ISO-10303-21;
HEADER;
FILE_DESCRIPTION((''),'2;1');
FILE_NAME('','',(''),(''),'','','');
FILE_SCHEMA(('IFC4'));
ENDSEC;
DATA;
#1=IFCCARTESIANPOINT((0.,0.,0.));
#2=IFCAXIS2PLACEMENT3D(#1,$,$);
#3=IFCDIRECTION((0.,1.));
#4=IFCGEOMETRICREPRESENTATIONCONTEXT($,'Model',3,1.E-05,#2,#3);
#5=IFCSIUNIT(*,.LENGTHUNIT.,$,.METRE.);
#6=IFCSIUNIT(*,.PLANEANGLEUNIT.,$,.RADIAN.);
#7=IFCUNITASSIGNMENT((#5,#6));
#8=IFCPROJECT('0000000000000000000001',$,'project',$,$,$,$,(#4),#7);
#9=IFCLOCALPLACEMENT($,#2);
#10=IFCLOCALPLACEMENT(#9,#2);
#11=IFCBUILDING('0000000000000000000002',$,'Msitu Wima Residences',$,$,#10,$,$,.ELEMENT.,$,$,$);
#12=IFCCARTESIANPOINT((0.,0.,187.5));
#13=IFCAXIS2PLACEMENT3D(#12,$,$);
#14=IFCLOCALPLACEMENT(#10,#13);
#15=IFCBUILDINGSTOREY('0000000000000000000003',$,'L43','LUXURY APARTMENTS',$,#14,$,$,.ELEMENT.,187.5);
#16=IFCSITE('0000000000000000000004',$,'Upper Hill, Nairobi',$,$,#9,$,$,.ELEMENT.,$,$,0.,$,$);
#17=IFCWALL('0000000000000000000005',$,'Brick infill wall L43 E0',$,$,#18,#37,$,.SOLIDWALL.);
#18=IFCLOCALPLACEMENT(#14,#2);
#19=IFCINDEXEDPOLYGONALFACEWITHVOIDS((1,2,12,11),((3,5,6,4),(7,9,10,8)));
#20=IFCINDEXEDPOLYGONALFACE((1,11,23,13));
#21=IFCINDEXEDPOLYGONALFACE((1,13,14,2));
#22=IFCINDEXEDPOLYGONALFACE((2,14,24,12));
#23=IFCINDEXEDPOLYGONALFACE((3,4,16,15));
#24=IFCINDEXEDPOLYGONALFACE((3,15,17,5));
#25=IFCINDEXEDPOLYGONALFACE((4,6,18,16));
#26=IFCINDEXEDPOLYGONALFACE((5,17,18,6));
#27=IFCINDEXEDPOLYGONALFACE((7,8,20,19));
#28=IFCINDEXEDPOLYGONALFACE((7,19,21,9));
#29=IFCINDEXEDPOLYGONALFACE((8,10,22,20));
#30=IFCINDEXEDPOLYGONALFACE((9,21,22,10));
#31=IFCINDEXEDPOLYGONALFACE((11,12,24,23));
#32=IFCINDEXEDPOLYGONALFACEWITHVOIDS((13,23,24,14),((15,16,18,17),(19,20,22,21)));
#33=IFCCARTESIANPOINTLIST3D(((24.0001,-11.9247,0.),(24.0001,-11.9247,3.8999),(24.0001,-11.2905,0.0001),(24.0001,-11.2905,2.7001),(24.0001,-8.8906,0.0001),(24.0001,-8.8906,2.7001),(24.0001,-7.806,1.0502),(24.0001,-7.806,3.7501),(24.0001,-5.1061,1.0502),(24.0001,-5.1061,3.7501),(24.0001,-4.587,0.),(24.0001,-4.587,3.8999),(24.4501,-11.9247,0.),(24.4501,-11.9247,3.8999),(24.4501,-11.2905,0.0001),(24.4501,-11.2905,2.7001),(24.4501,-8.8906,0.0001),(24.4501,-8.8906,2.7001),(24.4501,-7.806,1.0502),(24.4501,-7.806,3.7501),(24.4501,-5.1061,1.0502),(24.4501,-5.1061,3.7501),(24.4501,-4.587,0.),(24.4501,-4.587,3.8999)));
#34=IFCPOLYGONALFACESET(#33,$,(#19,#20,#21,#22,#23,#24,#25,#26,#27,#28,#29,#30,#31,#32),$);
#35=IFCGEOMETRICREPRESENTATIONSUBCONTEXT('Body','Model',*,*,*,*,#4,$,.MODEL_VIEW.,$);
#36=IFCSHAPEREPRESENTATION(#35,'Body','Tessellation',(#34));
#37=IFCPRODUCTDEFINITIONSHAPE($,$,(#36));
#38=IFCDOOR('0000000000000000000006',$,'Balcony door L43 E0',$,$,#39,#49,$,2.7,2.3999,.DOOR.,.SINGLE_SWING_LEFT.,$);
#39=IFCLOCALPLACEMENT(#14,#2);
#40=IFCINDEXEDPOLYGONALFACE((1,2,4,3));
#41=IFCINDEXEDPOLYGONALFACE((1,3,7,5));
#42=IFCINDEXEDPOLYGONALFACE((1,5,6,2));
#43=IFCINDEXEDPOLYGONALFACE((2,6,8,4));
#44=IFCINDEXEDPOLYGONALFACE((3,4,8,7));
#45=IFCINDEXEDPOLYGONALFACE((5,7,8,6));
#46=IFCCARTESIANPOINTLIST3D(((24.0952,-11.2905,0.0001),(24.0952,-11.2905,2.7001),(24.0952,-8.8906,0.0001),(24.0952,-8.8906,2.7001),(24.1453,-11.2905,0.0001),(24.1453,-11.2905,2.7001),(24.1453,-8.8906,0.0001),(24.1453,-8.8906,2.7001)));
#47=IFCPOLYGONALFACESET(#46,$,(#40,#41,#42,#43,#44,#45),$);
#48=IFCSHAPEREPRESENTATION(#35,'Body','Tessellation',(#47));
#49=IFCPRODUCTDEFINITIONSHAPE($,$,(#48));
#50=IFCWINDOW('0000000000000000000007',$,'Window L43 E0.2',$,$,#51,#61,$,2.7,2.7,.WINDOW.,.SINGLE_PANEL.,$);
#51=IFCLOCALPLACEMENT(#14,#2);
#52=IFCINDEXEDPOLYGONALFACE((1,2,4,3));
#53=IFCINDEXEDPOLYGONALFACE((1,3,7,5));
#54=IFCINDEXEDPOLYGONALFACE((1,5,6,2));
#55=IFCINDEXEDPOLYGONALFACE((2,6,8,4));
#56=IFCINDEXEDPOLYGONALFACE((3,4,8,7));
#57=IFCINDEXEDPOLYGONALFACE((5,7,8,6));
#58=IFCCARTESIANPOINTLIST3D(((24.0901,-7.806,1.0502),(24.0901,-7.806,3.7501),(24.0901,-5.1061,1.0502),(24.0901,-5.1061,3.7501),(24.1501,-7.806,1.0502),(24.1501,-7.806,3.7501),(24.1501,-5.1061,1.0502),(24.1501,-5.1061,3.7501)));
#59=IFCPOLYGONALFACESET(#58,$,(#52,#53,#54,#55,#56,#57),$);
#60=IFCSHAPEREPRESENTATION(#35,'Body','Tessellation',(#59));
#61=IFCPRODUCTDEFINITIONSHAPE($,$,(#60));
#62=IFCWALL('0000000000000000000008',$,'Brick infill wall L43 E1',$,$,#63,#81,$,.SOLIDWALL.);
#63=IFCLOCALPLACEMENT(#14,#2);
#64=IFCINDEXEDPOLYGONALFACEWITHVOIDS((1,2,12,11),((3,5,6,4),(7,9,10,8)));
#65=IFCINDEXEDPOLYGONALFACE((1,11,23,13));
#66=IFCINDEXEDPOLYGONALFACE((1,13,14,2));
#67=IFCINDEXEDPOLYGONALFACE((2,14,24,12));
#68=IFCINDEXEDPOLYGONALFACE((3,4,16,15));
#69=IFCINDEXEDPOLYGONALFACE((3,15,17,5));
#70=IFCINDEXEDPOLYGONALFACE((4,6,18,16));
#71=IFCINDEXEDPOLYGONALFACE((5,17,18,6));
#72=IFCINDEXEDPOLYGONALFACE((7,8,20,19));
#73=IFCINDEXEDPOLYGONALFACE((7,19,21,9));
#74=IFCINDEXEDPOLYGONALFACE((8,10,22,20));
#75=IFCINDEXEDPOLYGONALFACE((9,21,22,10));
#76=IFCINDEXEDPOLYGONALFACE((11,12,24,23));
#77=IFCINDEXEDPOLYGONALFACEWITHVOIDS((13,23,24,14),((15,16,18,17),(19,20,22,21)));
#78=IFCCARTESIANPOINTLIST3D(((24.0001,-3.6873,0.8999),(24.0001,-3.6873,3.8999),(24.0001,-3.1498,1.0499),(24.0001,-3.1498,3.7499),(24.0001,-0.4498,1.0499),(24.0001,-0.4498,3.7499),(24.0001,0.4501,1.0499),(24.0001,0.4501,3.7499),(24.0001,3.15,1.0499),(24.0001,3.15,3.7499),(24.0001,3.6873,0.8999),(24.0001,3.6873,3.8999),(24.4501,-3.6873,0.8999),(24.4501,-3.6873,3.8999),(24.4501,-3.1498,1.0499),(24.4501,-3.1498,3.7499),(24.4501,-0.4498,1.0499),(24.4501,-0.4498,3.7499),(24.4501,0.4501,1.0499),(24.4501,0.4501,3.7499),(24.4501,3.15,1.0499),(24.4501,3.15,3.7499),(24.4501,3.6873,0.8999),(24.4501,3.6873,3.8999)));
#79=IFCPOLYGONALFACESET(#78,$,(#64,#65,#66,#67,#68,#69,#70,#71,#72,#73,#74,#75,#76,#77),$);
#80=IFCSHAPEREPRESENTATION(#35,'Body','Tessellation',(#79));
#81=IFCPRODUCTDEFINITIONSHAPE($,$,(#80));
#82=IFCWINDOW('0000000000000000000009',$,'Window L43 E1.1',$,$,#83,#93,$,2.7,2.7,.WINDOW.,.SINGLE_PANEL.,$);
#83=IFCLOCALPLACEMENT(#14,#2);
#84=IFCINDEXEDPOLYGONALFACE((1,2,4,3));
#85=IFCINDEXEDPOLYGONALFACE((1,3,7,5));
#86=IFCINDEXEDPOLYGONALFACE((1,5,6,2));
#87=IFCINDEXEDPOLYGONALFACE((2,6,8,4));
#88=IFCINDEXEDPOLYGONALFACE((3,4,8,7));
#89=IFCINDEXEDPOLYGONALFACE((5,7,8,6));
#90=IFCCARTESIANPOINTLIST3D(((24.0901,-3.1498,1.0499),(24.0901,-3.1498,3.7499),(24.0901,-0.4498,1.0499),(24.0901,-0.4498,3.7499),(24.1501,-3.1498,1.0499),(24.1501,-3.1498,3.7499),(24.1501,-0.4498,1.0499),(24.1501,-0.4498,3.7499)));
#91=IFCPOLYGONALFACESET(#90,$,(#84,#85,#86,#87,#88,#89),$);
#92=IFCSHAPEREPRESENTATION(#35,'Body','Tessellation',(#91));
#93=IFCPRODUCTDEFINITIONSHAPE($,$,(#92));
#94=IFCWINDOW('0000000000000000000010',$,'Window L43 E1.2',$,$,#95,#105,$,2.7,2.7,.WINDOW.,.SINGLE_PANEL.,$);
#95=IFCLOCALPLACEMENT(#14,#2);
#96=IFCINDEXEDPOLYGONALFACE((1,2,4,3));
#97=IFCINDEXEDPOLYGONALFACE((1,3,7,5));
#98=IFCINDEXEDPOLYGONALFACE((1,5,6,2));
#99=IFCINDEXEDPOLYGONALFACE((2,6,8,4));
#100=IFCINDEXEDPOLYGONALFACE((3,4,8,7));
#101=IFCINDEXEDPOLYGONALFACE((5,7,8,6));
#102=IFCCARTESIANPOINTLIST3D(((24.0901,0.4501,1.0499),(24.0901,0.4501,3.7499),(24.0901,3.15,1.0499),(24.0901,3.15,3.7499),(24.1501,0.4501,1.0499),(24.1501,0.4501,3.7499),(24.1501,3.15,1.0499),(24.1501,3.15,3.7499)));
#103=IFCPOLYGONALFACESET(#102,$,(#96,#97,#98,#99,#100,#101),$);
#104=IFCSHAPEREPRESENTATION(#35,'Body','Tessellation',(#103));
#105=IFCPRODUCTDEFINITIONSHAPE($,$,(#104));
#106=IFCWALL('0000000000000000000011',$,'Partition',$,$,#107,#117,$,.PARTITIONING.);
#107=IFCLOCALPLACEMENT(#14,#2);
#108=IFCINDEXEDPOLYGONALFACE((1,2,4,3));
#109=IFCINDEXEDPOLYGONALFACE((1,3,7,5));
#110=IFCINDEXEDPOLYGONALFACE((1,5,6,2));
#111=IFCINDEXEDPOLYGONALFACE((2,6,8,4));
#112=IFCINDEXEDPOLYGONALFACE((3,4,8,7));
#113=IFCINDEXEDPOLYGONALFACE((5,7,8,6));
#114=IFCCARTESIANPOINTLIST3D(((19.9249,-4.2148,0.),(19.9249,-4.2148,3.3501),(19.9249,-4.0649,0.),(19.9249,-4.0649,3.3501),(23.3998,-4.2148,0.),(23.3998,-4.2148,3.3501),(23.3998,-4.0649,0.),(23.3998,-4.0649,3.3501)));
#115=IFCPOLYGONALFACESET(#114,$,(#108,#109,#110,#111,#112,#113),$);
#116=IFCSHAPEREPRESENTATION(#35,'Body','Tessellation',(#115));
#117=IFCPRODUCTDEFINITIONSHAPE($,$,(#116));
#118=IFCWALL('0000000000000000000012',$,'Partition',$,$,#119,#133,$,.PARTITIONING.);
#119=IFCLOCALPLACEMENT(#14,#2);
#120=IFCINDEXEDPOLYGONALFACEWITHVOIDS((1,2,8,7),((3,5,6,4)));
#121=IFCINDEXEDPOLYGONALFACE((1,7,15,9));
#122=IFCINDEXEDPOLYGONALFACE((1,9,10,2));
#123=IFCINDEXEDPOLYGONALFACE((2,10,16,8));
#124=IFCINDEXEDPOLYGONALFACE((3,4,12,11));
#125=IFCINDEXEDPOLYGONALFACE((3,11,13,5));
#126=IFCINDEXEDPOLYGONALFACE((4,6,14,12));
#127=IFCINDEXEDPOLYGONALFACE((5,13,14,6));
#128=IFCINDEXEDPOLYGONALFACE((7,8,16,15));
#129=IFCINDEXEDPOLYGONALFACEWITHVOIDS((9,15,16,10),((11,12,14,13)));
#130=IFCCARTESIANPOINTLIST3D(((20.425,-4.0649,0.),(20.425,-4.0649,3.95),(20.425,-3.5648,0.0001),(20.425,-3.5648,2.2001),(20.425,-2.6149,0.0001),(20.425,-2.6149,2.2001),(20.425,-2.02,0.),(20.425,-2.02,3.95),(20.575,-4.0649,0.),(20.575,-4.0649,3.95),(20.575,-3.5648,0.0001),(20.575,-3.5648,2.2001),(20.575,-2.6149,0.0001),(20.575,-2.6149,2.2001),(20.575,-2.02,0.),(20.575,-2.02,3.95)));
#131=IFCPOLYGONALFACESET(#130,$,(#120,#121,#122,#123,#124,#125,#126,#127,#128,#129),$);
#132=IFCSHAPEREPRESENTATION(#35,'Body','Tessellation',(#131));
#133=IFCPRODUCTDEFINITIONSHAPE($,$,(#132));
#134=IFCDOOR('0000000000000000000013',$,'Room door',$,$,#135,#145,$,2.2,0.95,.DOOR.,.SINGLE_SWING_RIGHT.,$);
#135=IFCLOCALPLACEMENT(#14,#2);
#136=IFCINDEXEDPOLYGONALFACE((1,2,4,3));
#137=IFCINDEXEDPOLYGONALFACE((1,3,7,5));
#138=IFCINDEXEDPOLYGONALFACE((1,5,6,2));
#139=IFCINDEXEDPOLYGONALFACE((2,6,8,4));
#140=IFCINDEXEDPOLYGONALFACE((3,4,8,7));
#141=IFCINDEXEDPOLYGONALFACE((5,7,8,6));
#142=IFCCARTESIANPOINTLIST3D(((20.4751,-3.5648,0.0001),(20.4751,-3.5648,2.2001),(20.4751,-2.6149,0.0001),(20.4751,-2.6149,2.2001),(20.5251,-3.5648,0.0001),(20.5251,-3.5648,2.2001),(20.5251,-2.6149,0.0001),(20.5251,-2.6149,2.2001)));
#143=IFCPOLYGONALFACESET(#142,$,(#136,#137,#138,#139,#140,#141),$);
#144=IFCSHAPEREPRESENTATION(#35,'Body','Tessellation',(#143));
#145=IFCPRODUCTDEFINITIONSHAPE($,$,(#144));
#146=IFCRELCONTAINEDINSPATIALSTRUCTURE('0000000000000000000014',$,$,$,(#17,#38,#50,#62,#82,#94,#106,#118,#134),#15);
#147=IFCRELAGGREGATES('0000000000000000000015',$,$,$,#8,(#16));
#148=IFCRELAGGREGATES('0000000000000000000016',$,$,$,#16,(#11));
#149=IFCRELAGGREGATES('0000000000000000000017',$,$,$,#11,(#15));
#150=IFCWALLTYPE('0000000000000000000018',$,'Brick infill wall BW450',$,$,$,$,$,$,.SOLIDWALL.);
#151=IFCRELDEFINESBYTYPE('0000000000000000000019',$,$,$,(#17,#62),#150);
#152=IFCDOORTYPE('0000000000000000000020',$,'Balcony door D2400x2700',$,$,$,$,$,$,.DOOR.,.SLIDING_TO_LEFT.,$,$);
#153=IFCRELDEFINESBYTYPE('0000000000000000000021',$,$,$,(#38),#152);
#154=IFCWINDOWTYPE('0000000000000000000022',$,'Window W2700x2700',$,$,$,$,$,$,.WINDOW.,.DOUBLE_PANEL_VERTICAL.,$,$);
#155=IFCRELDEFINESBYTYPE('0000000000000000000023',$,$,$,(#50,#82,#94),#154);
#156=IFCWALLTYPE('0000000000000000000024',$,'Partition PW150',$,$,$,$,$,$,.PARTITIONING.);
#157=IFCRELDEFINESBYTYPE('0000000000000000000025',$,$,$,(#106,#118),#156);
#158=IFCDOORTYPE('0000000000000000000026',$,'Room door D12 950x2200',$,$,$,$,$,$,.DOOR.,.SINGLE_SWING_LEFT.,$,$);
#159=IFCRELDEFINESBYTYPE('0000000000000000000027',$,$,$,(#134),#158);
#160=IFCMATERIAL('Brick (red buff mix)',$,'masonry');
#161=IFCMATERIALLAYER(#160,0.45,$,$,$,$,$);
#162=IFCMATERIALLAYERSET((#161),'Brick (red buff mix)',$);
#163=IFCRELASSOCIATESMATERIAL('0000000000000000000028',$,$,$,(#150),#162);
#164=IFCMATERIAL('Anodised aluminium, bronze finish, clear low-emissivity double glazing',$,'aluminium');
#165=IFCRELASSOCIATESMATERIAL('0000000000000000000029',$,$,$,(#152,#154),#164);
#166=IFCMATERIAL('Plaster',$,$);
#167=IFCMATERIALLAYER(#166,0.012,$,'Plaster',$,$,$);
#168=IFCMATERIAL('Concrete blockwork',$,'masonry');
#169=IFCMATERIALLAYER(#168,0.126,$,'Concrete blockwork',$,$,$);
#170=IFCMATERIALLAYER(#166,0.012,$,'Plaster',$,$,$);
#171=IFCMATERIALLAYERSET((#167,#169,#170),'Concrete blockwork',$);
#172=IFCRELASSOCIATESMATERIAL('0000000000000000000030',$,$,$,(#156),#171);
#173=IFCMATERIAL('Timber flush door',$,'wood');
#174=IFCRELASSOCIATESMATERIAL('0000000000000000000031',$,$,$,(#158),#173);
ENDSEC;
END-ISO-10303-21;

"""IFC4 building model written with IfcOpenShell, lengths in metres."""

from ifc_helpers import new_model, si_unit, direction, frame, frame_2d, origin, place, context, subcontext, project, spatial, rectangle, extrude, material, layer, layer_set, type_object, element, fill, save


model = new_model("IFC4")

# Units and contexts
model_context = context("Model", 3, precision=1e-05, world=origin(), true_north=direction((0.0, 1.0)))
body_context = subcontext(model_context, "Body", "Model", "MODEL_VIEW")
ifc_project = project(units=[si_unit("LENGTHUNIT", "METRE"), si_unit("PLANEANGLEUNIT", "RADIAN")], contexts=[model_context])

# Site, building, storey
site_placement = place(None, origin())
site = spatial("IfcSite", under=ifc_project, at=site_placement, Name="Upper Hill, Nairobi", CompositionType="ELEMENT", RefElevation=0.0)
building_placement = place(site_placement, origin())
building = spatial("IfcBuilding", under=site, at=building_placement, Name="Msitu Wima Residences", CompositionType="ELEMENT")
storey_placement = place(building_placement, frame((0.0, 0.0, 187.5)))
storey = spatial("IfcBuildingStorey", under=building, at=storey_placement, Name="L43", Description="LUXURY APARTMENTS", CompositionType="ELEMENT", Elevation=187.5)

# Wall, openings, door, window
ifc_material_1 = material(Name="Brick (red buff mix)", Category="masonry")
ifc_layer_1 = layer(ifc_material_1, 0.45)
ifc_layer_set_1 = layer_set([ifc_layer_1], Name="Brick (red buff mix)")
wall_type_1 = type_object("IfcWallType", Name="Brick infill wall BW450", PredefinedType="SOLIDWALL", material=ifc_layer_set_1)
wall_1_placement = place(storey_placement, frame((24.2251, -11.9248, 0.0), z_axis=(0.0, 0.0, 1.0), x_axis=(0.0, 1.0, 0.0)))
wall_1 = element("IfcWall", 1, at=wall_1_placement, inside=storey, type_object=wall_type_1, Name="Brick infill wall L43 E0", PredefinedType="SOLIDWALL", context=body_context, shape_type="SweptSolid", body=[
    extrude(rectangle(XDim=7.3376, YDim=0.45, at=frame_2d((3.6689, 0.0))), origin(), (0.0, 0.0, 1.0), 3.8999),
])
opening_1_placement = place(wall_1_placement, frame((0.6343, 0.0, 0.0)))
opening_1 = element("IfcOpeningElement", 2, at=opening_1_placement, cuts=wall_1, PredefinedType="OPENING", context=body_context, shape_type="SweptSolid", body=[
    extrude(rectangle(XDim=2.3999, YDim=2.7, at=frame_2d((1.2, 1.3501))), frame((0.0, 0.2349, 0.0), z_axis=(0.0, -1.0, 0.0), x_axis=(1.0, 0.0, 0.0)), (0.0, 0.0, 1.0), 0.47),
])
opening_2_placement = place(wall_1_placement, frame((4.1187, 0.0, 1.05)))
opening_2 = element("IfcOpeningElement", 3, at=opening_2_placement, cuts=wall_1, PredefinedType="OPENING", context=body_context, shape_type="SweptSolid", body=[
    extrude(rectangle(XDim=2.7, YDim=2.7, at=frame_2d((1.3501, 1.3501))), frame((0.0, 0.2349, 0.0), z_axis=(0.0, -1.0, 0.0), x_axis=(1.0, 0.0, 0.0)), (0.0, 0.0, 1.0), 0.47),
])
ifc_material_2 = material(Name="Anodised aluminium, bronze finish, clear low-emissivity double glazing", Category="aluminium")
door_type_1 = type_object("IfcDoorType", Name="Balcony door D2400x2700", OperationType="SLIDING_TO_LEFT", PredefinedType="DOOR", material=ifc_material_2)
door_1_placement = place(opening_1_placement, origin())
door_1 = element("IfcDoor", 4, at=door_1_placement, inside=storey, type_object=door_type_1, Name="Balcony door L43 E0", OperationType="SINGLE_SWING_LEFT", OverallHeight=2.7, OverallWidth=2.3999, PredefinedType="DOOR", context=body_context, shape_type="SweptSolid", body=[
    extrude(rectangle(XDim=2.3999, YDim=2.7, at=frame_2d((1.2, 1.3501))), frame((0.0, 0.1299, 0.0), z_axis=(0.0, -1.0, 0.0), x_axis=(1.0, 0.0, 0.0)), (0.0, 0.0, 1.0), 0.05),
])
fill(opening_1, door_1)
window_type = type_object("IfcWindowType", Name="Window W2700x2700", PartitioningType="DOUBLE_PANEL_VERTICAL", PredefinedType="WINDOW", material=ifc_material_2)
window_1_placement = place(opening_2_placement, origin())
window_1 = element("IfcWindow", 5, at=window_1_placement, inside=storey, type_object=window_type, Name="Window L43 E0.2", OverallHeight=2.7, OverallWidth=2.7, PartitioningType="SINGLE_PANEL", PredefinedType="WINDOW", context=body_context, shape_type="SweptSolid", body=[
    extrude(rectangle(XDim=2.7, YDim=2.7, at=frame_2d((1.3501, 1.3501))), frame((0.0, 0.135, 0.0), z_axis=(0.0, -1.0, 0.0), x_axis=(1.0, 0.0, 0.0)), (0.0, 0.0, 1.0), 0.0601),
])
fill(opening_2, window_1)

# Wall, openings, windows
wall_2_placement = place(storey_placement, frame((24.2251, -3.6873, 0.8999), z_axis=(0.0, 0.0, 1.0), x_axis=(0.0, 1.0, 0.0)))
wall_2 = element("IfcWall", 6, at=wall_2_placement, inside=storey, type_object=wall_type_1, Name="Brick infill wall L43 E1", PredefinedType="SOLIDWALL", context=body_context, shape_type="SweptSolid", body=[
    extrude(rectangle(XDim=7.3745, YDim=0.45, at=frame_2d((3.6873, 0.0))), origin(), (0.0, 0.0, 1.0), 3.0),
])
opening_3_placement = place(wall_2_placement, frame((0.5374, 0.0, 0.1499)))
opening_3 = element("IfcOpeningElement", 7, at=opening_3_placement, cuts=wall_2, PredefinedType="OPENING", context=body_context, shape_type="SweptSolid", body=[
    extrude(rectangle(XDim=2.7, YDim=2.7, at=frame_2d((1.3501, 1.3501))), frame((0.0, 0.2349, 0.0), z_axis=(0.0, -1.0, 0.0), x_axis=(1.0, 0.0, 0.0)), (0.0, 0.0, 1.0), 0.47),
])
opening_4_placement = place(wall_2_placement, frame((4.1372, 0.0, 0.1499)))
opening_4 = element("IfcOpeningElement", 8, at=opening_4_placement, cuts=wall_2, PredefinedType="OPENING", context=body_context, shape_type="SweptSolid", body=[
    extrude(rectangle(XDim=2.7, YDim=2.7, at=frame_2d((1.3501, 1.3501))), frame((0.0, 0.2349, 0.0), z_axis=(0.0, -1.0, 0.0), x_axis=(1.0, 0.0, 0.0)), (0.0, 0.0, 1.0), 0.47),
])
window_2_placement = place(opening_3_placement, origin())
window_2 = element("IfcWindow", 9, at=window_2_placement, inside=storey, type_object=window_type, Name="Window L43 E1.1", OverallHeight=2.7, OverallWidth=2.7, PartitioningType="SINGLE_PANEL", PredefinedType="WINDOW", context=body_context, shape_type="SweptSolid", body=[
    extrude(rectangle(XDim=2.7, YDim=2.7, at=frame_2d((1.3501, 1.3501))), frame((0.0, 0.135, 0.0), z_axis=(0.0, -1.0, 0.0), x_axis=(1.0, 0.0, 0.0)), (0.0, 0.0, 1.0), 0.0601),
])
fill(opening_3, window_2)
window_3_placement = place(opening_4_placement, origin())
window_3 = element("IfcWindow", 10, at=window_3_placement, inside=storey, type_object=window_type, Name="Window L43 E1.2", OverallHeight=2.7, OverallWidth=2.7, PartitioningType="SINGLE_PANEL", PredefinedType="WINDOW", context=body_context, shape_type="SweptSolid", body=[
    extrude(rectangle(XDim=2.7, YDim=2.7, at=frame_2d((1.3501, 1.3501))), frame((0.0, 0.135, 0.0), z_axis=(0.0, -1.0, 0.0), x_axis=(1.0, 0.0, 0.0)), (0.0, 0.0, 1.0), 0.0601),
])
fill(opening_4, window_3)

# Wall
ifc_material_3 = material(Name="Plaster")
ifc_layer_2 = layer(ifc_material_3, 0.012, Name="Plaster")
ifc_material_4 = material(Name="Concrete blockwork", Category="masonry")
ifc_layer_3 = layer(ifc_material_4, 0.126, Name="Concrete blockwork")
ifc_layer_4 = layer(ifc_material_3, 0.012, Name="Plaster")
ifc_layer_set_2 = layer_set([ifc_layer_2, ifc_layer_3, ifc_layer_4], Name="Concrete blockwork")
wall_type_2 = type_object("IfcWallType", Name="Partition PW150", PredefinedType="PARTITIONING", material=ifc_layer_set_2)
wall_3_placement = place(storey_placement, frame((19.925, -4.1399, 0.0), z_axis=(0.0, 0.0, 1.0), x_axis=(1.0, 0.0, 0.0)))
element("IfcWall", 11, at=wall_3_placement, inside=storey, type_object=wall_type_2, Name="Partition", PredefinedType="PARTITIONING", context=body_context, shape_type="SweptSolid", body=[
    extrude(rectangle(XDim=3.4749, YDim=0.1499, at=frame_2d((1.7373, 0.0))), origin(), (0.0, 0.0, 1.0), 3.3501),
])

# Wall, opening, door
wall_4_placement = place(storey_placement, frame((20.5, -4.0649, 0.0), z_axis=(0.0, 0.0, 1.0), x_axis=(0.0, 1.0, 0.0)))
wall_4 = element("IfcWall", 12, at=wall_4_placement, inside=storey, type_object=wall_type_2, Name="Partition", PredefinedType="PARTITIONING", context=body_context, shape_type="SweptSolid", body=[
    extrude(rectangle(XDim=2.0449, YDim=0.1499, at=frame_2d((1.0225, 0.0))), origin(), (0.0, 0.0, 1.0), 3.95),
])
opening_5_placement = place(wall_4_placement, frame((0.5, 0.0, 0.0)))
opening_5 = element("IfcOpeningElement", 13, at=opening_5_placement, cuts=wall_4, PredefinedType="OPENING", context=body_context, shape_type="SweptSolid", body=[
    extrude(rectangle(XDim=0.95, YDim=2.2, at=frame_2d((0.4751, 1.1001))), frame((0.0, 0.085, 0.0), z_axis=(0.0, -1.0, 0.0), x_axis=(1.0, 0.0, 0.0)), (0.0, 0.0, 1.0), 0.1699),
])
ifc_material_5 = material(Name="Timber flush door", Category="wood")
door_type_2 = type_object("IfcDoorType", Name="Room door D12 950x2200", OperationType="SINGLE_SWING_LEFT", PredefinedType="DOOR", material=ifc_material_5)
door_2_placement = place(opening_5_placement, origin())
door_2 = element("IfcDoor", 14, at=door_2_placement, inside=storey, type_object=door_type_2, Name="Room door", OperationType="SINGLE_SWING_RIGHT", OverallHeight=2.2, OverallWidth=0.95, PredefinedType="DOOR", context=body_context, shape_type="SweptSolid", body=[
    extrude(rectangle(XDim=0.95, YDim=2.2, at=frame_2d((0.4751, 1.1001))), frame((0.0, 0.0249, 0.0), z_axis=(0.0, -1.0, 0.0), x_axis=(1.0, 0.0, 0.0)), (0.0, 0.0, 1.0), 0.05),
])
fill(opening_5, door_2)

save(model, "model.ifc")
